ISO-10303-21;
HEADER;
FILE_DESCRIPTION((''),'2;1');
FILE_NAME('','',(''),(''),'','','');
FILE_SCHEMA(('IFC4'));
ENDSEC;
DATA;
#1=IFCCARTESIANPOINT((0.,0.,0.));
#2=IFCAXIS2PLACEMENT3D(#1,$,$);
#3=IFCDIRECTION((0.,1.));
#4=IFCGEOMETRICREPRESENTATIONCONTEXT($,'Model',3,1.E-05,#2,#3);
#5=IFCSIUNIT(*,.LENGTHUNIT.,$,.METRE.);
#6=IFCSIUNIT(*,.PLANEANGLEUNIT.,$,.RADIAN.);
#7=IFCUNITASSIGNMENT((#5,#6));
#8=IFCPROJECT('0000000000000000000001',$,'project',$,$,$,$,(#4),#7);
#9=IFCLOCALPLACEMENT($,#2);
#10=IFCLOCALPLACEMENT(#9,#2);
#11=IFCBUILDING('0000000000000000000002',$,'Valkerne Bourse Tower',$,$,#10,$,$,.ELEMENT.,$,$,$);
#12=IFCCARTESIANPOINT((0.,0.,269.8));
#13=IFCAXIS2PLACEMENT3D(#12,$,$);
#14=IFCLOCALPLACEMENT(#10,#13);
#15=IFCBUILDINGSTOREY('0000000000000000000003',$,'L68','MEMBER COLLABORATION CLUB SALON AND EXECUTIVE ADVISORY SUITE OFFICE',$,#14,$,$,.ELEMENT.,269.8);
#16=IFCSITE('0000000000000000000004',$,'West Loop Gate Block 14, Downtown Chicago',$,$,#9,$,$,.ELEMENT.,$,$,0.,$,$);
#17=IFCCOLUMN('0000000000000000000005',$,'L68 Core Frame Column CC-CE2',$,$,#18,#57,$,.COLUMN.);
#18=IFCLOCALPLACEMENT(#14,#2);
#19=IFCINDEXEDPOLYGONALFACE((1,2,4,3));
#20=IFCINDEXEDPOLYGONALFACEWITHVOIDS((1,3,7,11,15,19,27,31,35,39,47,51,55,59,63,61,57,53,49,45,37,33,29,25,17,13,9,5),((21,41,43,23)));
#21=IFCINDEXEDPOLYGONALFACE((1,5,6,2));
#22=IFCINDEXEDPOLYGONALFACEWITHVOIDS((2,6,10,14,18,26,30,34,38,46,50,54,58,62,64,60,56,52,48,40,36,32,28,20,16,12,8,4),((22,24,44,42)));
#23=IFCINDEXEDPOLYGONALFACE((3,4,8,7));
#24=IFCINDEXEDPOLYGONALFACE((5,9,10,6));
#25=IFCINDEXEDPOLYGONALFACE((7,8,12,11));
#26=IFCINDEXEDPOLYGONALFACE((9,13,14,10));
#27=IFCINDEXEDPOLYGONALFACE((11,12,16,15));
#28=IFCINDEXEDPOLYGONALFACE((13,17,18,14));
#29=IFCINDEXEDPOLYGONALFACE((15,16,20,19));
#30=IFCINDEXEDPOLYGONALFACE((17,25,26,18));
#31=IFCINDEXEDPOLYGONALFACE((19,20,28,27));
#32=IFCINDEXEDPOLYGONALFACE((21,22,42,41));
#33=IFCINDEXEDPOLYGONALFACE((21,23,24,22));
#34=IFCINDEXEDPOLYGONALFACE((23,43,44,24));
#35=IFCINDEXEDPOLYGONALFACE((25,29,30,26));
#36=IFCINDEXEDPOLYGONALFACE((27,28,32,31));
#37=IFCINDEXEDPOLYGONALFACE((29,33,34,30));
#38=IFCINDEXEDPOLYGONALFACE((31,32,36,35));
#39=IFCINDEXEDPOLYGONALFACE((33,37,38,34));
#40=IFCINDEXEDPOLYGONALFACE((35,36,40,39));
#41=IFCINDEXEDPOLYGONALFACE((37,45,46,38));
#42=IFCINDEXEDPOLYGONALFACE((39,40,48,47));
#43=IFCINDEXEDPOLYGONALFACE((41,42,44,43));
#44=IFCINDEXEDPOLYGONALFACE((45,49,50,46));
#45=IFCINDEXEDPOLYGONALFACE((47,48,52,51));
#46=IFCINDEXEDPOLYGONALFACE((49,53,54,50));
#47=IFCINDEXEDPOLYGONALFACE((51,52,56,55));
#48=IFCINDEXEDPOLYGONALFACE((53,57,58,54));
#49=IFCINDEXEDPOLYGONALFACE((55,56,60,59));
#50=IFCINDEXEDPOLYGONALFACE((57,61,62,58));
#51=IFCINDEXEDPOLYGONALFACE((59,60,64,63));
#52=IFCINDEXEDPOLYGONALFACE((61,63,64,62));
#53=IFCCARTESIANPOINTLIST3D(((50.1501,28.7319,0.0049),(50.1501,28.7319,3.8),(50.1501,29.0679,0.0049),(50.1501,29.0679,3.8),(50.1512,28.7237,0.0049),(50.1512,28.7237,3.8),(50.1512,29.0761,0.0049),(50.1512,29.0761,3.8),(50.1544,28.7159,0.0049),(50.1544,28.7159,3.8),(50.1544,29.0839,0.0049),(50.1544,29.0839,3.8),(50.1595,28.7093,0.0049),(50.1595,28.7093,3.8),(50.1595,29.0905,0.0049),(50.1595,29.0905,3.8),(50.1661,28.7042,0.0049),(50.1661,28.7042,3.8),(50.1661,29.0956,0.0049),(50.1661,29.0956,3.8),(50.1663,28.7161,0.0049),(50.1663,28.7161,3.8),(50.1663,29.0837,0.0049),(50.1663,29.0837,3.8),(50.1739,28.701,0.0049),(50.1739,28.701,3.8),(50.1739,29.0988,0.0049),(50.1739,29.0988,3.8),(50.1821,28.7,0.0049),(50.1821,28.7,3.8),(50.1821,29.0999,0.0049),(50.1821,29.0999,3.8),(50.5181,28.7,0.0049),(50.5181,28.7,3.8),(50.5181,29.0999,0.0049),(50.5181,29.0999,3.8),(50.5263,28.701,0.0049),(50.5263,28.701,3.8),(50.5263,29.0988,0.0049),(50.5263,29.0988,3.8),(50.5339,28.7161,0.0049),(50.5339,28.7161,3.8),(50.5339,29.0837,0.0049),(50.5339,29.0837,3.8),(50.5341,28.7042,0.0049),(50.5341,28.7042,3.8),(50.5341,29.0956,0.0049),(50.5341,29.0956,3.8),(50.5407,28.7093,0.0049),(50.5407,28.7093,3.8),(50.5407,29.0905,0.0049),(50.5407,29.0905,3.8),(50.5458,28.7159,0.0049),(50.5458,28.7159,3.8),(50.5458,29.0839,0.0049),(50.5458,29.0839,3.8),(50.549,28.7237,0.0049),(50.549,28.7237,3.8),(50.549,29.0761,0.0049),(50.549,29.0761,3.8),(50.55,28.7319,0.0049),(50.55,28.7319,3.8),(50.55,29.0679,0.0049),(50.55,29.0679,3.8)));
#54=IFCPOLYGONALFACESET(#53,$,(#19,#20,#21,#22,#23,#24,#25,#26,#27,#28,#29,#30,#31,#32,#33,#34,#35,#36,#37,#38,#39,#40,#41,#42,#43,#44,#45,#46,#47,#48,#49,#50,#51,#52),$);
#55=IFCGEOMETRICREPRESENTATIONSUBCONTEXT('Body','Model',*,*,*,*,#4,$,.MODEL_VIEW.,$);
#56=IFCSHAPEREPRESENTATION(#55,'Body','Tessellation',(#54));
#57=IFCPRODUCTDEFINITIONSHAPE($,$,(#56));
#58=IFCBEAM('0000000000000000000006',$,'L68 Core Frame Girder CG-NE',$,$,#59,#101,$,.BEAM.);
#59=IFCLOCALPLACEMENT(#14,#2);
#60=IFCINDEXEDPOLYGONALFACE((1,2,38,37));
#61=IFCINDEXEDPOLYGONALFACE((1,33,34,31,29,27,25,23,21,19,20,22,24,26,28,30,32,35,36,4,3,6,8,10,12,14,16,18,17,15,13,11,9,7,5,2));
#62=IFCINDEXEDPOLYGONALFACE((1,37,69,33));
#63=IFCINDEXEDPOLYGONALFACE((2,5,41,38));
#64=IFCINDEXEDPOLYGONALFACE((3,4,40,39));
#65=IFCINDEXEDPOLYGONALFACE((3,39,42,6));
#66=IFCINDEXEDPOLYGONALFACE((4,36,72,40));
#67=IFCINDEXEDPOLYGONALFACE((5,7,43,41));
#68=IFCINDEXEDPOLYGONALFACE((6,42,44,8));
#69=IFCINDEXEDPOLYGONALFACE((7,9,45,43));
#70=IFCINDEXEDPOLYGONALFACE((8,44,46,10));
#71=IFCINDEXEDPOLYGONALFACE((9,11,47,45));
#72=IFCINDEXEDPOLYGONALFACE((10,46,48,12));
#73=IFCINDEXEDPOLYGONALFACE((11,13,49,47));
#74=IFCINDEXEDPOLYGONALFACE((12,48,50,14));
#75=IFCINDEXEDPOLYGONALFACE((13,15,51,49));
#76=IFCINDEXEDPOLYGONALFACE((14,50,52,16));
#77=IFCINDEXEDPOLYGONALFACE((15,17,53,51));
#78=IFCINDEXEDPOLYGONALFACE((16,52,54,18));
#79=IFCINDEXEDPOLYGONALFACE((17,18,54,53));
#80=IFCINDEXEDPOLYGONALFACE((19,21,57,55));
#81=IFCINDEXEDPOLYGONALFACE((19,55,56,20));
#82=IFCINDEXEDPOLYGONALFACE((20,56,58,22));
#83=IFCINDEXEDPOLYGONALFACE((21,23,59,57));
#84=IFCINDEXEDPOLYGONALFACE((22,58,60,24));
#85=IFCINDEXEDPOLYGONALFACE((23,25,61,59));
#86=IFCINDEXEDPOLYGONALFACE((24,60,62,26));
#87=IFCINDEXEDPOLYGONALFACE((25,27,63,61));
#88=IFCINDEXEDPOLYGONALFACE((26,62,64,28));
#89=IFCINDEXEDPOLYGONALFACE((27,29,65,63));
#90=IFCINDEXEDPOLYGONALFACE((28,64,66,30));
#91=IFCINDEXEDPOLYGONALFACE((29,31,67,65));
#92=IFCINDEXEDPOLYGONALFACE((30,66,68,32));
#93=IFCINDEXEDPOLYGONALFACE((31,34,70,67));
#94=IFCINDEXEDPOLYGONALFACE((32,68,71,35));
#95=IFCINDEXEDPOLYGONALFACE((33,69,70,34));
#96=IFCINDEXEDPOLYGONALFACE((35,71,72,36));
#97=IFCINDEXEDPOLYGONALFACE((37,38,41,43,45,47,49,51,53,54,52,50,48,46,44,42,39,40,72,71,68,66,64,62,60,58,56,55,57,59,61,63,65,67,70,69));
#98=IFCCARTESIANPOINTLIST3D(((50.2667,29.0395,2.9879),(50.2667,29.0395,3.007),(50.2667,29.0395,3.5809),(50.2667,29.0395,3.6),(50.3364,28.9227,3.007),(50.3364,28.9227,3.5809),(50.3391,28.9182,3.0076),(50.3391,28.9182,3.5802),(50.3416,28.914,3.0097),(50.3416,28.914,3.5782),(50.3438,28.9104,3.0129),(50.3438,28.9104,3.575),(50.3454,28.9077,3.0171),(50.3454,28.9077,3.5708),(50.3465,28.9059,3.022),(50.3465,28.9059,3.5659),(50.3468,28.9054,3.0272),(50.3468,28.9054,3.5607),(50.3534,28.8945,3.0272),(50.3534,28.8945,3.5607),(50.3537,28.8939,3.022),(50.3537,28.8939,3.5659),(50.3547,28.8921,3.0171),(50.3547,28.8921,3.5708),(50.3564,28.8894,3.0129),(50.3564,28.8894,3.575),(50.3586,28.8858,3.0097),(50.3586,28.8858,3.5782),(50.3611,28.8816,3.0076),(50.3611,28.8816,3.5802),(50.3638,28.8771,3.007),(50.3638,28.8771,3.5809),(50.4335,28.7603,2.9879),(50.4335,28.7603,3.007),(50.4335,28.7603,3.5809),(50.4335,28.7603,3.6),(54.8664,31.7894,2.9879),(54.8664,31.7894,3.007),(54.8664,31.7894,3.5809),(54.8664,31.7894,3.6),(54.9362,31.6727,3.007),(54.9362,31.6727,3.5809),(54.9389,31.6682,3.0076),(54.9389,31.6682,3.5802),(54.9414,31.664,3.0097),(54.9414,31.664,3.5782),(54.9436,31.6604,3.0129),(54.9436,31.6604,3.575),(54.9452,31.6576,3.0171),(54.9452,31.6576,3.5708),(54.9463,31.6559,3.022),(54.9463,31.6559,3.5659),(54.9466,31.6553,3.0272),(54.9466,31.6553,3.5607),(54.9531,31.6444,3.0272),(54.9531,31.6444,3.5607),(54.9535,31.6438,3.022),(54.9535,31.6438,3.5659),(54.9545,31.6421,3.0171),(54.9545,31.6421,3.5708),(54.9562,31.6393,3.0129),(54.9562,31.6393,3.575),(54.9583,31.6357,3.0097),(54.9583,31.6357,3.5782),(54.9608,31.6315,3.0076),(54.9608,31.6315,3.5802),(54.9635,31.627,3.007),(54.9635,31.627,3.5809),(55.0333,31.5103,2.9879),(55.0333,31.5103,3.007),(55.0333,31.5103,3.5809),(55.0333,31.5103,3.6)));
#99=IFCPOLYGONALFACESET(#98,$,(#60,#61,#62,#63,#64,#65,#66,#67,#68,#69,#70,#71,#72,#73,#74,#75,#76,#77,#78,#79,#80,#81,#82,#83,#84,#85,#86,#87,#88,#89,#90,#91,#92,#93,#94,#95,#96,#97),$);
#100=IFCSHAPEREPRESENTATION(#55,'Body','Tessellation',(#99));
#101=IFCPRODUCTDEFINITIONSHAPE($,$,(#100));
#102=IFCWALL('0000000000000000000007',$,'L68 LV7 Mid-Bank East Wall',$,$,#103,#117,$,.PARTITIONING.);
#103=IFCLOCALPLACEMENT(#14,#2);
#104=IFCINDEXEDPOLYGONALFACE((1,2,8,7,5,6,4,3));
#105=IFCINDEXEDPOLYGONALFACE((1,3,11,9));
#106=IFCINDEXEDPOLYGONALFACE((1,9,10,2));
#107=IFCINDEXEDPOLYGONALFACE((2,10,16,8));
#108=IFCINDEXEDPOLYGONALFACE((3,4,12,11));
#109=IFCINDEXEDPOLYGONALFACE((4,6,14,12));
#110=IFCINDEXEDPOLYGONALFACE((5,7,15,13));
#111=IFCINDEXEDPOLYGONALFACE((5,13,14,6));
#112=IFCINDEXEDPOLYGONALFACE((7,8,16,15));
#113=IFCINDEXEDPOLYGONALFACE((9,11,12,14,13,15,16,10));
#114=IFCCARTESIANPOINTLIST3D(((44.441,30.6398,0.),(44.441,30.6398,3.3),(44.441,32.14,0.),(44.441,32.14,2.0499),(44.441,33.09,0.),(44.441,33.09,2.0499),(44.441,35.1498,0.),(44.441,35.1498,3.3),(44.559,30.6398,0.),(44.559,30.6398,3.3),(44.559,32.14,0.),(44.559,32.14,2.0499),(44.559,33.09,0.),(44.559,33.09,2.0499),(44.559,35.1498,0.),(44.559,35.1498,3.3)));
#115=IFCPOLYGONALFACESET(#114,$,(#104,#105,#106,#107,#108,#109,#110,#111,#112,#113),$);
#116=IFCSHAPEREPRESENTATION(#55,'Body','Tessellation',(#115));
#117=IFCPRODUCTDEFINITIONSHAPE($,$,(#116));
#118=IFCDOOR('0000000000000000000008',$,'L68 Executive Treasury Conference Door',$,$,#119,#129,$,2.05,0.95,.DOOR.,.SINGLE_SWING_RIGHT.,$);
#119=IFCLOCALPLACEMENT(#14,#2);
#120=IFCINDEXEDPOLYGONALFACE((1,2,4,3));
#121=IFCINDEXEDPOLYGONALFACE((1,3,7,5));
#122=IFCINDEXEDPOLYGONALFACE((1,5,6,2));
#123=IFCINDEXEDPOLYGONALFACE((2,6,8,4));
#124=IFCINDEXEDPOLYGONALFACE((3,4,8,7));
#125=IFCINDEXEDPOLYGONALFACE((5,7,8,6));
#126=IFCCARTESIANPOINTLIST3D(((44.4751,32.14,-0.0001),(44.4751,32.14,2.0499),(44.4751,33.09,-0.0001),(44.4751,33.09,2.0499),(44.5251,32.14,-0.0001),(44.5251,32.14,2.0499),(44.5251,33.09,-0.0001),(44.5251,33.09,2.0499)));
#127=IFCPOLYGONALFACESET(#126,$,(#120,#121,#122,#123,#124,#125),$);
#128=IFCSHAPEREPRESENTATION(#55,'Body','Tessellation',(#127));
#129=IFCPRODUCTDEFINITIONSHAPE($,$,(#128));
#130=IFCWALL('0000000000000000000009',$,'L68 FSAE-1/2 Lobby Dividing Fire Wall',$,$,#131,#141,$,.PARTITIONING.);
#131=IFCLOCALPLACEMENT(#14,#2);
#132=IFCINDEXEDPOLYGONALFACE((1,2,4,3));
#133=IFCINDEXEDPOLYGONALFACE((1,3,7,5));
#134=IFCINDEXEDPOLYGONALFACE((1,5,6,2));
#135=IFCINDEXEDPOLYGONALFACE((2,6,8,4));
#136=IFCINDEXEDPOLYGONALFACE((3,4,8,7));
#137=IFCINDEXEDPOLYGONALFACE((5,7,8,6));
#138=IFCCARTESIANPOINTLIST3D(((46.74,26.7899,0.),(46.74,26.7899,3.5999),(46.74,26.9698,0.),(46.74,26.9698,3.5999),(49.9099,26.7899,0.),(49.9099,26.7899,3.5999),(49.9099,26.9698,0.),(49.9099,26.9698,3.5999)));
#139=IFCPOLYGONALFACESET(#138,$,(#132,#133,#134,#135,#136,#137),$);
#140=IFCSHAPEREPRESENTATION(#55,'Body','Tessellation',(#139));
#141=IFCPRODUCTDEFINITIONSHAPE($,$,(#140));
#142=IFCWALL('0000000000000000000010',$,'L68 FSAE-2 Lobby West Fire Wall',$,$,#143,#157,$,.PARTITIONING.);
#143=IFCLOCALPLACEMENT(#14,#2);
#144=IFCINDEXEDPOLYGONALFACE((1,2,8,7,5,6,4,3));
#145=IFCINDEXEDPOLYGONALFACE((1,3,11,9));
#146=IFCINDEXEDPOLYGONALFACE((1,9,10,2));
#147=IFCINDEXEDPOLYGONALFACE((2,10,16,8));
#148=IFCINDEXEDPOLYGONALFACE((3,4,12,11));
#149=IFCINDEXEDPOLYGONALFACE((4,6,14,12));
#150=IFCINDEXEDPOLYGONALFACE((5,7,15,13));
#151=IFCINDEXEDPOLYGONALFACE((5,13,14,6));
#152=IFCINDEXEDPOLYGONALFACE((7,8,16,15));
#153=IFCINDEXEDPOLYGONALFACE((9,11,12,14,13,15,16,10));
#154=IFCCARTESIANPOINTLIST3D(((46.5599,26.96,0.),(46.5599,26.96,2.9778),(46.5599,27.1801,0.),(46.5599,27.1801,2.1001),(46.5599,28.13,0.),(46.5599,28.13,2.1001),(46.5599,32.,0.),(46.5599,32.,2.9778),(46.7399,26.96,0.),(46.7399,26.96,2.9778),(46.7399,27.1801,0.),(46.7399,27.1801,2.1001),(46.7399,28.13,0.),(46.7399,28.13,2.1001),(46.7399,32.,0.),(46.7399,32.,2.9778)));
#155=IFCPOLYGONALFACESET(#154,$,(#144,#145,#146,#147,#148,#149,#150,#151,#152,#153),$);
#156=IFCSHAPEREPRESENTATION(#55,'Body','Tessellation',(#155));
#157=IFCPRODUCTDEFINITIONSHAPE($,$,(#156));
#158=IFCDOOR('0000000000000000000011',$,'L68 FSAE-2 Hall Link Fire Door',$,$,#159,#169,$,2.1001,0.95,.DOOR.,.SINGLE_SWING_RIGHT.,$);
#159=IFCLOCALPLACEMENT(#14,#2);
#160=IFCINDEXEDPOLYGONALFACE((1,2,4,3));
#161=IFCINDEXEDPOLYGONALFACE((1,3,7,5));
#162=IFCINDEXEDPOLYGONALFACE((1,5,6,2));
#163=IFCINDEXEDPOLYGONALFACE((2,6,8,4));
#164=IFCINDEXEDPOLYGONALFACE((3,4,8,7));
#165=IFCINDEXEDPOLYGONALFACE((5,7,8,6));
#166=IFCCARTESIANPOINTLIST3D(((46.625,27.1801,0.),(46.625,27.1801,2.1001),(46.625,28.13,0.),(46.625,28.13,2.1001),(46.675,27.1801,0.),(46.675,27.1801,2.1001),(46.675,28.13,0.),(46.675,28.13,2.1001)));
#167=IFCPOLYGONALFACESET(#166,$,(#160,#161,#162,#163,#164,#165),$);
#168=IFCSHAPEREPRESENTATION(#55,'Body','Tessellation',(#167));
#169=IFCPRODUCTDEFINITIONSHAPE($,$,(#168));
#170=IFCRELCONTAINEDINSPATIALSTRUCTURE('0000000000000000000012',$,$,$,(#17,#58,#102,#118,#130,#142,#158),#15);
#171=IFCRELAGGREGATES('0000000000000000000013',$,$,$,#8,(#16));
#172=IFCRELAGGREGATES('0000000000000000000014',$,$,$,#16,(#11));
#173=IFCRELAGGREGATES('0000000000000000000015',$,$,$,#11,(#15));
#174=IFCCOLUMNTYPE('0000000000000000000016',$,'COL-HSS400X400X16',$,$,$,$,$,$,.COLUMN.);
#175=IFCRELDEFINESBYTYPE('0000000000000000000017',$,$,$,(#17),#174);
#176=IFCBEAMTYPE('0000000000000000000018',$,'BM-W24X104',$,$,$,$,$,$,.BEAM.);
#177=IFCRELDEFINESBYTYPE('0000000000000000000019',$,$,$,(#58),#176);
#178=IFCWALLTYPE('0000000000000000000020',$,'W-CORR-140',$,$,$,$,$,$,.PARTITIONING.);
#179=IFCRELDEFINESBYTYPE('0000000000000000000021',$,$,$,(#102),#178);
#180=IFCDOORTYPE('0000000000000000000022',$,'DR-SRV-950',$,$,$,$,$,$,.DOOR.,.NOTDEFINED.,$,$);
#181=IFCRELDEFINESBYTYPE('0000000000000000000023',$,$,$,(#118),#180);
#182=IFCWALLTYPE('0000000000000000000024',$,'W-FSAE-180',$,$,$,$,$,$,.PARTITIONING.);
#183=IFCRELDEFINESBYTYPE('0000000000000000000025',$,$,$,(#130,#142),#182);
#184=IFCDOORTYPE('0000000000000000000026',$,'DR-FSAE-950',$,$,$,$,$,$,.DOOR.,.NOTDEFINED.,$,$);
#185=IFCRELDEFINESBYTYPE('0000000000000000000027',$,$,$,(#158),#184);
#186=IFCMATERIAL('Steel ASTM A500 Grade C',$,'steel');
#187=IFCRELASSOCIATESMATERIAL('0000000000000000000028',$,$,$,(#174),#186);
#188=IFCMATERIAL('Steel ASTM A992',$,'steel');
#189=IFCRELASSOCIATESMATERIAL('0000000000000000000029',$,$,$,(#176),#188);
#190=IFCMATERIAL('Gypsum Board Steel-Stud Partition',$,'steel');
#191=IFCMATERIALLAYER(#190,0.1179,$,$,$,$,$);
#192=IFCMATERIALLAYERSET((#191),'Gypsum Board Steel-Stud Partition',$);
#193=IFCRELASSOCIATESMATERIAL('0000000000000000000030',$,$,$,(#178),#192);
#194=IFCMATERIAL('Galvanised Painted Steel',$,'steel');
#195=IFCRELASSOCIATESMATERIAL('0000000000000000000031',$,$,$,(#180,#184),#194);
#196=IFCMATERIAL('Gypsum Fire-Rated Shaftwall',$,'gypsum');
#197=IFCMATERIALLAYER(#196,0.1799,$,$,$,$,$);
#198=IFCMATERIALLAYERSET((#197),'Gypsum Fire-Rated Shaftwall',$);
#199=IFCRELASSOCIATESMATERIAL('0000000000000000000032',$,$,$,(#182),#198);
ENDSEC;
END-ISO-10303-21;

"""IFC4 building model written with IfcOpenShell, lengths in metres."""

from ifc_helpers import new_model, si_unit, direction, frame, frame_2d, origin, origin_2d, place, context, subcontext, project, spatial, rectangle, hollow_rectangle, i_section, extrude, material, layer, layer_set, material_profile, profile_set, type_object, element, fill, save


model = new_model("IFC4")

# Units and contexts
model_context = context("Model", 3, precision=1e-05, world=origin(), true_north=direction((0.0, 1.0)))
body_context = subcontext(model_context, "Body", "Model", "MODEL_VIEW")
ifc_project = project(units=[si_unit("LENGTHUNIT", "METRE"), si_unit("PLANEANGLEUNIT", "RADIAN")], contexts=[model_context])

# Site, building, storey
site_placement = place(None, origin())
site = spatial("IfcSite", under=ifc_project, at=site_placement, Name="West Loop Gate Block 14, Downtown Chicago", CompositionType="ELEMENT", RefElevation=0.0)
building_placement = place(site_placement, origin())
building = spatial("IfcBuilding", under=site, at=building_placement, Name="Valkerne Bourse Tower", CompositionType="ELEMENT")
storey_placement = place(building_placement, frame((0.0, 0.0, 269.8)))
storey = spatial("IfcBuildingStorey", under=building, at=storey_placement, Name="L68", Description="MEMBER COLLABORATION CLUB SALON AND EXECUTIVE ADVISORY SUITE OFFICE", CompositionType="ELEMENT", Elevation=269.8)

# Column
ifc_material_1 = material(Name="Steel ASTM A500 Grade C", Category="steel")
ifc_material_profile_1 = material_profile(ifc_material_1, hollow_rectangle(XDim=0.3999, YDim=0.3999, WallThickness=0.0161, OuterFilletRadius=0.032, at=origin_2d()), Name="HSS400X400X16")
ifc_profile_set_1 = profile_set([ifc_material_profile_1], Name="Steel ASTM A500 Grade C")
column_type = type_object("IfcColumnType", Name="COL-HSS400X400X16", PredefinedType="COLUMN", material=ifc_profile_set_1)
column_placement = place(storey_placement, frame((50.3501, 28.8999, 0.0049), z_axis=(0.0, 0.0, 1.0), x_axis=(1.0, 0.0, 0.0)))
element("IfcColumn", 1, at=column_placement, inside=storey, type_object=column_type, Name="L68 Core Frame Column CC-CE2", PredefinedType="COLUMN", context=body_context, shape_type="SweptSolid", body=[
    extrude(hollow_rectangle(XDim=0.3999, YDim=0.3999, WallThickness=0.0161, OuterFilletRadius=0.032, at=origin_2d()), origin(), (0.0, 0.0, 1.0), 3.7952),
])

# Beam
ifc_material_2 = material(Name="Steel ASTM A992", Category="steel")
ifc_material_profile_2 = material_profile(ifc_material_2, i_section(OverallWidth=0.3252, OverallDepth=0.6121, WebThickness=0.0127, FlangeThickness=0.019, FilletRadius=0.0203, at=origin_2d()), Name="W24X104")
ifc_profile_set_2 = profile_set([ifc_material_profile_2], Name="Steel ASTM A992")
beam_type = type_object("IfcBeamType", Name="BM-W24X104", PredefinedType="BEAM", material=ifc_profile_set_2)
beam_placement = place(storey_placement, frame((50.3501, 28.8999, 3.2939), z_axis=(0.858308, 0.513135, 0.0), x_axis=(-0.513135, 0.858308, 0.0)))
element("IfcBeam", 2, at=beam_placement, inside=storey, type_object=beam_type, Name="L68 Core Frame Girder CG-NE", PredefinedType="BEAM", context=body_context, shape_type="SweptSolid", body=[
    extrude(i_section(OverallWidth=0.3252, OverallDepth=0.6121, WebThickness=0.0127, FlangeThickness=0.019, FilletRadius=0.0203, at=origin_2d()), origin(), (0.0, 0.0, 1.0), 5.3591),
])

# Wall, opening, door
ifc_material_3 = material(Name="Gypsum Board Steel-Stud Partition", Category="steel")
ifc_layer_1 = layer(ifc_material_3, 0.1179)
ifc_layer_set_1 = layer_set([ifc_layer_1], Name="Gypsum Board Steel-Stud Partition")
wall_type_1 = type_object("IfcWallType", Name="W-CORR-140", PredefinedType="PARTITIONING", material=ifc_layer_set_1)
wall_1_placement = place(storey_placement, frame((44.5, 30.6399, 0.0), z_axis=(0.0, 0.0, 1.0), x_axis=(0.0, 1.0, 0.0)))
wall_1 = element("IfcWall", 3, at=wall_1_placement, inside=storey, type_object=wall_type_1, Name="L68 LV7 Mid-Bank East Wall", PredefinedType="PARTITIONING", context=body_context, shape_type="SweptSolid", body=[
    extrude(rectangle(XDim=4.51, YDim=0.1179, at=frame_2d((2.2549, 0.0))), origin(), (0.0, 0.0, 1.0), 3.3),
])
opening_1_placement = place(wall_1_placement, frame((1.5, 0.0, 0.0)))
opening_1 = element("IfcOpeningElement", 4, at=opening_1_placement, cuts=wall_1, PredefinedType="OPENING", context=body_context, shape_type="SweptSolid", body=[
    extrude(rectangle(XDim=0.95, YDim=2.05, at=frame_2d((0.4751, 1.0249))), frame((0.0, 0.0688, 0.0), z_axis=(0.0, -1.0, 0.0), x_axis=(1.0, 0.0, 0.0)), (0.0, 0.0, 1.0), 0.1379),
])
ifc_material_4 = material(Name="Galvanised Painted Steel", Category="steel")
door_type_1 = type_object("IfcDoorType", Name="DR-SRV-950", OperationType="NOTDEFINED", PredefinedType="DOOR", material=ifc_material_4)
door_1_placement = place(opening_1_placement, origin())
door_1 = element("IfcDoor", 5, at=door_1_placement, inside=storey, type_object=door_type_1, Name="L68 Executive Treasury Conference Door", OperationType="SINGLE_SWING_RIGHT", OverallHeight=2.05, OverallWidth=0.95, PredefinedType="DOOR", context=body_context, shape_type="SweptSolid", body=[
    extrude(rectangle(XDim=0.95, YDim=2.05, at=frame_2d((0.4751, 1.0249))), frame((0.0, 0.0249, 0.0), z_axis=(0.0, -1.0, 0.0), x_axis=(1.0, 0.0, 0.0)), (0.0, 0.0, 1.0), 0.05),
])
fill(opening_1, door_1)

# Wall
ifc_material_5 = material(Name="Gypsum Fire-Rated Shaftwall", Category="gypsum")
ifc_layer_2 = layer(ifc_material_5, 0.1799)
ifc_layer_set_2 = layer_set([ifc_layer_2], Name="Gypsum Fire-Rated Shaftwall")
wall_type_2 = type_object("IfcWallType", Name="W-FSAE-180", PredefinedType="PARTITIONING", material=ifc_layer_set_2)
wall_2_placement = place(storey_placement, frame((46.74, 26.8799, 0.0), z_axis=(0.0, 0.0, 1.0), x_axis=(1.0, 0.0, 0.0)))
element("IfcWall", 6, at=wall_2_placement, inside=storey, type_object=wall_type_2, Name="L68 FSAE-1/2 Lobby Dividing Fire Wall", PredefinedType="PARTITIONING", context=body_context, shape_type="SweptSolid", body=[
    extrude(rectangle(XDim=3.1699, YDim=0.1799, at=frame_2d((1.585, 0.0))), origin(), (0.0, 0.0, 1.0), 3.5999),
])

# Wall, opening, door
wall_3_placement = place(storey_placement, frame((46.6499, 26.96, 0.0), z_axis=(0.0, 0.0, 1.0), x_axis=(0.0, 1.0, 0.0)))
wall_3 = element("IfcWall", 7, at=wall_3_placement, inside=storey, type_object=wall_type_2, Name="L68 FSAE-2 Lobby West Fire Wall", PredefinedType="PARTITIONING", context=body_context, shape_type="SweptSolid", body=[
    extrude(rectangle(XDim=5.04, YDim=0.1799, at=frame_2d((2.52, 0.0))), origin(), (0.0, 0.0, 1.0), 2.9778),
])
opening_2_placement = place(wall_3_placement, frame((0.22, 0.0, 0.0)))
opening_2 = element("IfcOpeningElement", 8, at=opening_2_placement, cuts=wall_3, PredefinedType="OPENING", context=body_context, shape_type="SweptSolid", body=[
    extrude(rectangle(XDim=0.95, YDim=2.1001, at=frame_2d((0.4751, 1.05))), frame((0.0, 0.0999, 0.0), z_axis=(0.0, -1.0, 0.0), x_axis=(1.0, 0.0, 0.0)), (0.0, 0.0, 1.0), 0.2),
])
door_type_2 = type_object("IfcDoorType", Name="DR-FSAE-950", OperationType="NOTDEFINED", PredefinedType="DOOR", material=ifc_material_4)
door_2_placement = place(opening_2_placement, origin())
door_2 = element("IfcDoor", 9, at=door_2_placement, inside=storey, type_object=door_type_2, Name="L68 FSAE-2 Hall Link Fire Door", OperationType="SINGLE_SWING_RIGHT", OverallHeight=2.1001, OverallWidth=0.95, PredefinedType="DOOR", context=body_context, shape_type="SweptSolid", body=[
    extrude(rectangle(XDim=0.95, YDim=2.1001, at=frame_2d((0.4751, 1.05))), frame((0.0, 0.0249, 0.0), z_axis=(0.0, -1.0, 0.0), x_axis=(1.0, 0.0, 0.0)), (0.0, 0.0, 1.0), 0.05),
])
fill(opening_2, door_2)

save(model, "model.ifc")
